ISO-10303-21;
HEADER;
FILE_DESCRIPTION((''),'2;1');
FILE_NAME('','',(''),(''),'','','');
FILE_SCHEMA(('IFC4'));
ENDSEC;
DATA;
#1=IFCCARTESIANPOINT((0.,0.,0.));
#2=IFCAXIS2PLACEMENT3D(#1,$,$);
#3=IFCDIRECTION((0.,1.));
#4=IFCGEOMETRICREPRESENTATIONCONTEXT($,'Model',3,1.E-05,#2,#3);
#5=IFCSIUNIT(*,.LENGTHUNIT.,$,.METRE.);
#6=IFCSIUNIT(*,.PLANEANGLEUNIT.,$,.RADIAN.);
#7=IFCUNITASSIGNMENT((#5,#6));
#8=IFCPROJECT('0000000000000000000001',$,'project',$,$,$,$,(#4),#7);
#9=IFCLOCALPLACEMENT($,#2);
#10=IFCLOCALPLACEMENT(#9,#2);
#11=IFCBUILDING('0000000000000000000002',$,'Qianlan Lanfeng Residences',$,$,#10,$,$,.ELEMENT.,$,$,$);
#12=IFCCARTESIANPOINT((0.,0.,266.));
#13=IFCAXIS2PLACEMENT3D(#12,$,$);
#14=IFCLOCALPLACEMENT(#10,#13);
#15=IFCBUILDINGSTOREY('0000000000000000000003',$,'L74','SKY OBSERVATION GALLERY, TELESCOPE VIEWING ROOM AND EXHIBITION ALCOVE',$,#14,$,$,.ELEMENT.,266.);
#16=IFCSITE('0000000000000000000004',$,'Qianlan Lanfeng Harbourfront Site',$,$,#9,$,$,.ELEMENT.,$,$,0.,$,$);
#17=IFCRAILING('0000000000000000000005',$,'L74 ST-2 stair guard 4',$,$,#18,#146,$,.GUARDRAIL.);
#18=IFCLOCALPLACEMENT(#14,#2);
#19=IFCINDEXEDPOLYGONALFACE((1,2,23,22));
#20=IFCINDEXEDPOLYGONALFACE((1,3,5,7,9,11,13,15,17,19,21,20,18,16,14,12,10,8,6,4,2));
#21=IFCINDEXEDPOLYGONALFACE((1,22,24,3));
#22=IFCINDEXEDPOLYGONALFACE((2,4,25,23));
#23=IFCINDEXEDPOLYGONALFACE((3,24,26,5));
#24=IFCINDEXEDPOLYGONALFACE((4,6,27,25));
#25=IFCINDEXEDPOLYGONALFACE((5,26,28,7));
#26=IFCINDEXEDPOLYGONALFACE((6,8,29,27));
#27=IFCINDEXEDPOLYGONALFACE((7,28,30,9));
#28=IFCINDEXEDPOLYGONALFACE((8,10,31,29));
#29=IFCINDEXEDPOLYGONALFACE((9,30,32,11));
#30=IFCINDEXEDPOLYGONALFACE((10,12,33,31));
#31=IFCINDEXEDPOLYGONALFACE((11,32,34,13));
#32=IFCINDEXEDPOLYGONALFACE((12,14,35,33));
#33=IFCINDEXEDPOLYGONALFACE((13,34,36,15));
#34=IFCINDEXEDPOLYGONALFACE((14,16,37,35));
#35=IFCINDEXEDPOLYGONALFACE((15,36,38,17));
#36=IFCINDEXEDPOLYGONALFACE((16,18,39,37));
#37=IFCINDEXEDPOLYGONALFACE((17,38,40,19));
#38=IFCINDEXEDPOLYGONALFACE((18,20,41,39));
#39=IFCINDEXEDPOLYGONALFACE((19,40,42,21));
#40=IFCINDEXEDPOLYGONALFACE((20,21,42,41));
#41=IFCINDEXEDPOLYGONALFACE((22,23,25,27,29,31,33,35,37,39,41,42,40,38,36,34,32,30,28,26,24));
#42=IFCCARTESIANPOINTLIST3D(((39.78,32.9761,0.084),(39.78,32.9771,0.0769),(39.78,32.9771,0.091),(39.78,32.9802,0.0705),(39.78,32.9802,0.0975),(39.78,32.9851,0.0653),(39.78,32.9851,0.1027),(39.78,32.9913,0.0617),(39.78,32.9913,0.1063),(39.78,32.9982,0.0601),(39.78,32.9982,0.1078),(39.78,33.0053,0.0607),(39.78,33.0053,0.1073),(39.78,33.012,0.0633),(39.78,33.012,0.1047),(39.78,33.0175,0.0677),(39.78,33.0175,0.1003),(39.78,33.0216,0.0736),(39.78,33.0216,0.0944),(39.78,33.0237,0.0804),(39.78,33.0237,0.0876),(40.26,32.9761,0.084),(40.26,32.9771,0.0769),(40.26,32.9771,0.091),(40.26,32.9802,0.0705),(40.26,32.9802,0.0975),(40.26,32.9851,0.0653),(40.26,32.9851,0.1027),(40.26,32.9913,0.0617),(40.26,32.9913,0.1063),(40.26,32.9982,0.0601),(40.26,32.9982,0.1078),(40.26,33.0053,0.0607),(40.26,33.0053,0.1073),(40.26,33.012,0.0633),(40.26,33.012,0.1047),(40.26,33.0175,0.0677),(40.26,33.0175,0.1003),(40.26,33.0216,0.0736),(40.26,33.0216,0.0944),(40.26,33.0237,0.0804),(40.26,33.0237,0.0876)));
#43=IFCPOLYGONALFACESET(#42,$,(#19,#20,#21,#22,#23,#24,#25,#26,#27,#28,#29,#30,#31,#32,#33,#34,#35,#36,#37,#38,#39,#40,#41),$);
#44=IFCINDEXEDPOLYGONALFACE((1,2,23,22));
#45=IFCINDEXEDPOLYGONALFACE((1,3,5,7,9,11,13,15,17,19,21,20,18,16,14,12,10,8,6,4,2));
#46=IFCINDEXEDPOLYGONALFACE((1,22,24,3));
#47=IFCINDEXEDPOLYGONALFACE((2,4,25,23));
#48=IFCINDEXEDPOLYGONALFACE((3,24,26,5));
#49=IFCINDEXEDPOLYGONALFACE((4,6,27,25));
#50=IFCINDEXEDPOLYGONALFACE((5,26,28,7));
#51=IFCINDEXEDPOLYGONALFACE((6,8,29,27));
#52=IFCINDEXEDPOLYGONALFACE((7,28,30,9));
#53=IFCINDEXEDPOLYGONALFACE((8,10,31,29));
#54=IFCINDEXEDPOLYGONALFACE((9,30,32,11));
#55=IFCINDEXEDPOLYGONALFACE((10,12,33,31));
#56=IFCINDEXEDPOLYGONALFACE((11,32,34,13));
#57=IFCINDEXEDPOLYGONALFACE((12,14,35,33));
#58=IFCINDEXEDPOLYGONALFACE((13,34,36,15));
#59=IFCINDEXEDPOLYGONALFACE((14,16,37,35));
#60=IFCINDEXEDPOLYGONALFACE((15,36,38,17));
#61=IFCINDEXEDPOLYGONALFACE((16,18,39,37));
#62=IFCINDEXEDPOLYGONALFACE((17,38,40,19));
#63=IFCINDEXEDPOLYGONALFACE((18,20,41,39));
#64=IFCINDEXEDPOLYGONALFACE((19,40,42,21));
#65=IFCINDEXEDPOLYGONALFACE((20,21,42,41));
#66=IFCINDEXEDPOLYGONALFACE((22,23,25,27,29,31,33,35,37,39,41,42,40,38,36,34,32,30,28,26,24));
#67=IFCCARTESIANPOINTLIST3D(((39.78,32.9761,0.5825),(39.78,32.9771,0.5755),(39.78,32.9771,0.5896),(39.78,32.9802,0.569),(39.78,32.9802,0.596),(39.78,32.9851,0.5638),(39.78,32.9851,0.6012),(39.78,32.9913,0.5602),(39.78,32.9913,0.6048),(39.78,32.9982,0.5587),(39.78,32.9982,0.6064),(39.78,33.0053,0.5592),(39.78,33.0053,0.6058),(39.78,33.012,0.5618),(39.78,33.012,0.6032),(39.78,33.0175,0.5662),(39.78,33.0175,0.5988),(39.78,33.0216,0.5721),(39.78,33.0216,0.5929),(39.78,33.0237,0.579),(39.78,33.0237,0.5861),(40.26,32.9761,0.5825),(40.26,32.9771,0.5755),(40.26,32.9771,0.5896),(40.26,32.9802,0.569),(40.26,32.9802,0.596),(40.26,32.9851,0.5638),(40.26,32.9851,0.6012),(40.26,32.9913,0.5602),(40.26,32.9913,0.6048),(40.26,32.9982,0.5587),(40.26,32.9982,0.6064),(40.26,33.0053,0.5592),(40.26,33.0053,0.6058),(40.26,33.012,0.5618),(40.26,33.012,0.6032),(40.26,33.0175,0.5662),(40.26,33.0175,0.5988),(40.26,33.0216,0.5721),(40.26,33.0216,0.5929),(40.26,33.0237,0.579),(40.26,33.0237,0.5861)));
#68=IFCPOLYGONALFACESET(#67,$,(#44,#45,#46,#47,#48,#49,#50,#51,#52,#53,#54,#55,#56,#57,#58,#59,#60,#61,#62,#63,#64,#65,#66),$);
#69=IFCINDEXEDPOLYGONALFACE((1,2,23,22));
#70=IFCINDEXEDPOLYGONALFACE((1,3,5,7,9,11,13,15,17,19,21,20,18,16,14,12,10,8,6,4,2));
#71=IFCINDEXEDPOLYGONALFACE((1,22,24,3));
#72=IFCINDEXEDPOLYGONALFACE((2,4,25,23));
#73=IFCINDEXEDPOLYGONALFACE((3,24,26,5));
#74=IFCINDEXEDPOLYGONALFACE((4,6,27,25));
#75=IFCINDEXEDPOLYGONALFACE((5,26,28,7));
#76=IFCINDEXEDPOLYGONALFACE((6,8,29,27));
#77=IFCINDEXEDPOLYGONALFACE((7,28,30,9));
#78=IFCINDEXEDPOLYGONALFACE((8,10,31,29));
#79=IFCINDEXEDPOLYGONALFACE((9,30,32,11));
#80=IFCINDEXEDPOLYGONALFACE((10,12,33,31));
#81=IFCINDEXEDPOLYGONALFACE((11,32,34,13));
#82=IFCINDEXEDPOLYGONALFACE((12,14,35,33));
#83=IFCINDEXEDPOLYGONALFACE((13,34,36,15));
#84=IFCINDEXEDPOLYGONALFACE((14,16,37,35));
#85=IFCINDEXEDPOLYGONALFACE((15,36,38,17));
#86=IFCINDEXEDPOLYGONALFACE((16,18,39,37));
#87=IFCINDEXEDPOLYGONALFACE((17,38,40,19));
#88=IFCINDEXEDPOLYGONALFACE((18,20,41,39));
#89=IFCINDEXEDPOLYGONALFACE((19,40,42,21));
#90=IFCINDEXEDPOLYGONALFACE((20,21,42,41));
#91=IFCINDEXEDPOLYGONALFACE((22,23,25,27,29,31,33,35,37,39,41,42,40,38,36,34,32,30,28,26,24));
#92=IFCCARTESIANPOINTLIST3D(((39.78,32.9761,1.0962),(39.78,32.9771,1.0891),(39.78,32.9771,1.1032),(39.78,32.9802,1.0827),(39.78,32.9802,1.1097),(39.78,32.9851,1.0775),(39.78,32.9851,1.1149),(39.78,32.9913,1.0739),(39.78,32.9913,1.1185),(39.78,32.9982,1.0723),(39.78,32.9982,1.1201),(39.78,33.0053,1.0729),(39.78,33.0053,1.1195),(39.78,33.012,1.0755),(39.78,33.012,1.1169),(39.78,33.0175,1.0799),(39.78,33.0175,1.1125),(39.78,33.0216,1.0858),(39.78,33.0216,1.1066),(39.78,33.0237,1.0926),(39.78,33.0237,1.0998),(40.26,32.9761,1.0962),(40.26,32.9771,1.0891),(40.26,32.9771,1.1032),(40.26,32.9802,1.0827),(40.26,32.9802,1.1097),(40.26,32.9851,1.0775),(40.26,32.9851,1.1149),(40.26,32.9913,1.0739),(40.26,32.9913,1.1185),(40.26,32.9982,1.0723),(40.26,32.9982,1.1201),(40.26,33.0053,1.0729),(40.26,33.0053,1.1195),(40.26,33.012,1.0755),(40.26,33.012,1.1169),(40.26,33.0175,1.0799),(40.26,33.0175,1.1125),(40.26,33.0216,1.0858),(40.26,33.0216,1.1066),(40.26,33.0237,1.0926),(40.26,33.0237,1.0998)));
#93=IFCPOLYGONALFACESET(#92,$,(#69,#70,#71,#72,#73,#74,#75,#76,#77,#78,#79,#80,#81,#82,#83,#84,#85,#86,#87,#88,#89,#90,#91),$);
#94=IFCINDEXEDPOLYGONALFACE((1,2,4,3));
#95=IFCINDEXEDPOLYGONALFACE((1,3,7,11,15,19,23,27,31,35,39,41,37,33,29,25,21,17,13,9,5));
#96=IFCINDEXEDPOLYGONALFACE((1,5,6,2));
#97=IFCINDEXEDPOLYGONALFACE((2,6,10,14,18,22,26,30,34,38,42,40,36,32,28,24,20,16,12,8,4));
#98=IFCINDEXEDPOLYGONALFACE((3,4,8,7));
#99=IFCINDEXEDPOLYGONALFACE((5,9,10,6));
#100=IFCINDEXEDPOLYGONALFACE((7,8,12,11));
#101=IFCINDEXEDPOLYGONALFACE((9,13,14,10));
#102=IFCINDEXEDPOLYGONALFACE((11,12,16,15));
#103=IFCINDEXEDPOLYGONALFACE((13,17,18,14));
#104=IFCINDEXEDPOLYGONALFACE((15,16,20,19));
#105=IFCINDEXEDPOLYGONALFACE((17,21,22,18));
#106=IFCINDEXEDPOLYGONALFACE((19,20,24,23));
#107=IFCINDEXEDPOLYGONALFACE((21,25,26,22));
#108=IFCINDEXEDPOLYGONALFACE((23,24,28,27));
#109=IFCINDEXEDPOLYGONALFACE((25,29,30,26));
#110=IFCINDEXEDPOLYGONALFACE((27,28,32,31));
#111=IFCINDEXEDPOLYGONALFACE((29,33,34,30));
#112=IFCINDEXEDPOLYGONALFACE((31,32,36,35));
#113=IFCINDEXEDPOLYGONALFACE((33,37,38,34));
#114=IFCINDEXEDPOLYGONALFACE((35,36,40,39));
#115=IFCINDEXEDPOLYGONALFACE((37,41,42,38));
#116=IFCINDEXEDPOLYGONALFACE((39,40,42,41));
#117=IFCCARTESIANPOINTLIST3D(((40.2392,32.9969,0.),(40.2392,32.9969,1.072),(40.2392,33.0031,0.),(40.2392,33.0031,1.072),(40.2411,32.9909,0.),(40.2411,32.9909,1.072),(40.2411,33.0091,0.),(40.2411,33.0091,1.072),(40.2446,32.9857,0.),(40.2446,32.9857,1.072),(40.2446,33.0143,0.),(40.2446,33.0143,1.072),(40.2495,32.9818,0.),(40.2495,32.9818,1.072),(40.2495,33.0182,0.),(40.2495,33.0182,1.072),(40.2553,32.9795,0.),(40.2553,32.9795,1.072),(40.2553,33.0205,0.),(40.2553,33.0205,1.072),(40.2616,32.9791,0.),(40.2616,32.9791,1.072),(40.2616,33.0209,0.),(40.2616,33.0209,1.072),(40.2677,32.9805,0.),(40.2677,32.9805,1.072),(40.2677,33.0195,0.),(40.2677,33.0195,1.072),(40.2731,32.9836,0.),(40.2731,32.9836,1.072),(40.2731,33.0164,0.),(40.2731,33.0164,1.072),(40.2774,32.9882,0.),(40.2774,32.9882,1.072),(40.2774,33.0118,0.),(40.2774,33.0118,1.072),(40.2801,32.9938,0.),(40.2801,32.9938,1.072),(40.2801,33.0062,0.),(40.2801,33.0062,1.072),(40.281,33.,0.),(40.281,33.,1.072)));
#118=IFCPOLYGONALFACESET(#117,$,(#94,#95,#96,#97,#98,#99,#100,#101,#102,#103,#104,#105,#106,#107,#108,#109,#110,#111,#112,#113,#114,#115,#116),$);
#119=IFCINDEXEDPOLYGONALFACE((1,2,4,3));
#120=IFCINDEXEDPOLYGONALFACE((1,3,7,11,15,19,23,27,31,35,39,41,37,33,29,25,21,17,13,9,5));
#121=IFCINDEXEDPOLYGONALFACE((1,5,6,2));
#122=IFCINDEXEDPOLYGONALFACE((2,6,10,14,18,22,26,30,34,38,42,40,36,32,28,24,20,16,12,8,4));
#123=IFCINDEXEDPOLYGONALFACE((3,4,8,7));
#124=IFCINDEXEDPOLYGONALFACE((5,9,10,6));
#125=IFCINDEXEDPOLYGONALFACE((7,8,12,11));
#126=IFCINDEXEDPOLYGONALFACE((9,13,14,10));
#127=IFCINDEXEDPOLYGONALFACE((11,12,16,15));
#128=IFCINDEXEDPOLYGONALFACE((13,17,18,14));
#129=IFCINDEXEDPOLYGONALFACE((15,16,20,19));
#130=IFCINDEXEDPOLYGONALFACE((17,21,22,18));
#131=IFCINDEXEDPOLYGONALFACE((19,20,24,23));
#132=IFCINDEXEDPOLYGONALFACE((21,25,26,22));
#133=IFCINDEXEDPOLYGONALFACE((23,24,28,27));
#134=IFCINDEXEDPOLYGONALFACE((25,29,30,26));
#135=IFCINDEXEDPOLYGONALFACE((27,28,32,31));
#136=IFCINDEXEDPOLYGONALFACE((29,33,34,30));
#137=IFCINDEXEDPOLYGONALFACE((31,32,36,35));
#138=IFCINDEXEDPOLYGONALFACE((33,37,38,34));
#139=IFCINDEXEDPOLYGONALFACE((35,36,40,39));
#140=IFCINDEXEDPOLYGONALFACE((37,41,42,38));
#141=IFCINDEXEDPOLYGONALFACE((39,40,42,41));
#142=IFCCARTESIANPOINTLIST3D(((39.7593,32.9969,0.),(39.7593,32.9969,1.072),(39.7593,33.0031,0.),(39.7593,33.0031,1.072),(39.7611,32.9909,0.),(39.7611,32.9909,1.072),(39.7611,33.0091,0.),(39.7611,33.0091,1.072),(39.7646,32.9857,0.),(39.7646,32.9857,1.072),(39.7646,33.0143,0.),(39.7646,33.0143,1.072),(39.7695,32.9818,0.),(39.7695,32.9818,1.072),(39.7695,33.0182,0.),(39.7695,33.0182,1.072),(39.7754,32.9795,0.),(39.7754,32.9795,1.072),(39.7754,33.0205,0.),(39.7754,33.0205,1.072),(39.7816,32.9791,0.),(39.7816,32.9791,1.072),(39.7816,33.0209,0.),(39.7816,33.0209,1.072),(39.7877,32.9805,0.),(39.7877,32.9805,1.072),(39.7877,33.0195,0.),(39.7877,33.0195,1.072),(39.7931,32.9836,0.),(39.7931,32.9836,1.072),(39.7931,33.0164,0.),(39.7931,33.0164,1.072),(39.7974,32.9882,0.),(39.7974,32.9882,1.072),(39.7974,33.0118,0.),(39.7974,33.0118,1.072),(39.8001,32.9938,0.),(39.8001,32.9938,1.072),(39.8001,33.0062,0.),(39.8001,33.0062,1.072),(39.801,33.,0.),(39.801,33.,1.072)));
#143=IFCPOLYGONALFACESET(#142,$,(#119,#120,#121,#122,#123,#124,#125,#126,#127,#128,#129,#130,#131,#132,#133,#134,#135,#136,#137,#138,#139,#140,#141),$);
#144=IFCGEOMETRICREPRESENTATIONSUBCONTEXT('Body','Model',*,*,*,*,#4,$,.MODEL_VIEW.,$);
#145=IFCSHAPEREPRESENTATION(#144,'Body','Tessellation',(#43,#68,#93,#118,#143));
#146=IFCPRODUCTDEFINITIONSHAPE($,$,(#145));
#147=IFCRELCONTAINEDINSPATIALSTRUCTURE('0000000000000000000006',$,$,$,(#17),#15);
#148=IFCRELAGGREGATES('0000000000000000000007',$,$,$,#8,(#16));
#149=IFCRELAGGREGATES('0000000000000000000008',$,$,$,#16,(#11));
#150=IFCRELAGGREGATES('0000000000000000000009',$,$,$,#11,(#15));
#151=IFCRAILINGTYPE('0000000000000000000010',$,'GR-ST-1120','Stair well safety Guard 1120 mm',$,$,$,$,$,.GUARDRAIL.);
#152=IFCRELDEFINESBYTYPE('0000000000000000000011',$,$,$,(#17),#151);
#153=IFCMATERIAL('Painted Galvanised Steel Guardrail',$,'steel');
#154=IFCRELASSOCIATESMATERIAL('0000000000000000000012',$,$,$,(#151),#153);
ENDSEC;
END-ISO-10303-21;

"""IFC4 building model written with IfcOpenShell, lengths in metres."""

from ifc_helpers import new_model, si_unit, direction, frame, origin, origin_2d, place, context, subcontext, project, spatial, circle, extrude, material, type_object, element, save


model = new_model("IFC4")

# Units and contexts
model_context = context("Model", 3, precision=1e-05, world=origin(), true_north=direction((0.0, 1.0)))
body_context = subcontext(model_context, "Body", "Model", "MODEL_VIEW")
ifc_project = project(units=[si_unit("LENGTHUNIT", "METRE"), si_unit("PLANEANGLEUNIT", "RADIAN")], contexts=[model_context])

# Site, building, storey
site_placement = place(None, origin())
site = spatial("IfcSite", under=ifc_project, at=site_placement, Name="Qianlan Lanfeng Harbourfront Site", CompositionType="ELEMENT", RefElevation=0.0)
building_placement = place(site_placement, origin())
building = spatial("IfcBuilding", under=site, at=building_placement, Name="Qianlan Lanfeng Residences", CompositionType="ELEMENT")
storey_placement = place(building_placement, frame((0.0, 0.0, 266.0)))
storey = spatial("IfcBuildingStorey", under=building, at=storey_placement, Name="L74", Description="SKY OBSERVATION GALLERY, TELESCOPE VIEWING ROOM AND EXHIBITION ALCOVE", CompositionType="ELEMENT", Elevation=266.0)

# Railing
ifc_material_1 = material(Name="Painted Galvanised Steel Guardrail", Category="steel")
railing_type_1 = type_object("IfcRailingType", Name="GR-ST-1120", Description="Stair well safety Guard 1120 mm", PredefinedType="GUARDRAIL", material=ifc_material_1)
railing_1_placement = place(storey_placement, frame((40.26, 33.0, 0.0)))
element("IfcRailing", 1, at=railing_1_placement, inside=storey, type_object=railing_type_1, Name="L74 ST-2 stair guard 4", PredefinedType="GUARDRAIL", context=body_context, shape_type="SweptSolid", body=[
    extrude(circle(Radius=0.0239, at=origin_2d()), frame((0.0, 0.0, 0.084), z_axis=(-1.0, 0.0, 0.0), x_axis=(0.0, -1.0, 0.0)), (0.0, 0.0, 1.0), 0.48),
    extrude(circle(Radius=0.0239, at=origin_2d()), frame((0.0, 0.0, 0.5825), z_axis=(-1.0, 0.0, 0.0), x_axis=(0.0, -1.0, 0.0)), (0.0, 0.0, 1.0), 0.48),
    extrude(circle(Radius=0.0239, at=origin_2d()), frame((0.0, 0.0, 1.0962), z_axis=(-1.0, 0.0, 0.0), x_axis=(0.0, -1.0, 0.0)), (0.0, 0.0, 1.0), 0.48),
    extrude(circle(Radius=0.021, at=origin_2d()), origin(), (0.0, 0.0, 1.0), 1.072),
    extrude(circle(Radius=0.021, at=origin_2d()), frame((-0.48, 0.0, 0.0)), (0.0, 0.0, 1.0), 1.072),
])

save(model, "model.ifc")
